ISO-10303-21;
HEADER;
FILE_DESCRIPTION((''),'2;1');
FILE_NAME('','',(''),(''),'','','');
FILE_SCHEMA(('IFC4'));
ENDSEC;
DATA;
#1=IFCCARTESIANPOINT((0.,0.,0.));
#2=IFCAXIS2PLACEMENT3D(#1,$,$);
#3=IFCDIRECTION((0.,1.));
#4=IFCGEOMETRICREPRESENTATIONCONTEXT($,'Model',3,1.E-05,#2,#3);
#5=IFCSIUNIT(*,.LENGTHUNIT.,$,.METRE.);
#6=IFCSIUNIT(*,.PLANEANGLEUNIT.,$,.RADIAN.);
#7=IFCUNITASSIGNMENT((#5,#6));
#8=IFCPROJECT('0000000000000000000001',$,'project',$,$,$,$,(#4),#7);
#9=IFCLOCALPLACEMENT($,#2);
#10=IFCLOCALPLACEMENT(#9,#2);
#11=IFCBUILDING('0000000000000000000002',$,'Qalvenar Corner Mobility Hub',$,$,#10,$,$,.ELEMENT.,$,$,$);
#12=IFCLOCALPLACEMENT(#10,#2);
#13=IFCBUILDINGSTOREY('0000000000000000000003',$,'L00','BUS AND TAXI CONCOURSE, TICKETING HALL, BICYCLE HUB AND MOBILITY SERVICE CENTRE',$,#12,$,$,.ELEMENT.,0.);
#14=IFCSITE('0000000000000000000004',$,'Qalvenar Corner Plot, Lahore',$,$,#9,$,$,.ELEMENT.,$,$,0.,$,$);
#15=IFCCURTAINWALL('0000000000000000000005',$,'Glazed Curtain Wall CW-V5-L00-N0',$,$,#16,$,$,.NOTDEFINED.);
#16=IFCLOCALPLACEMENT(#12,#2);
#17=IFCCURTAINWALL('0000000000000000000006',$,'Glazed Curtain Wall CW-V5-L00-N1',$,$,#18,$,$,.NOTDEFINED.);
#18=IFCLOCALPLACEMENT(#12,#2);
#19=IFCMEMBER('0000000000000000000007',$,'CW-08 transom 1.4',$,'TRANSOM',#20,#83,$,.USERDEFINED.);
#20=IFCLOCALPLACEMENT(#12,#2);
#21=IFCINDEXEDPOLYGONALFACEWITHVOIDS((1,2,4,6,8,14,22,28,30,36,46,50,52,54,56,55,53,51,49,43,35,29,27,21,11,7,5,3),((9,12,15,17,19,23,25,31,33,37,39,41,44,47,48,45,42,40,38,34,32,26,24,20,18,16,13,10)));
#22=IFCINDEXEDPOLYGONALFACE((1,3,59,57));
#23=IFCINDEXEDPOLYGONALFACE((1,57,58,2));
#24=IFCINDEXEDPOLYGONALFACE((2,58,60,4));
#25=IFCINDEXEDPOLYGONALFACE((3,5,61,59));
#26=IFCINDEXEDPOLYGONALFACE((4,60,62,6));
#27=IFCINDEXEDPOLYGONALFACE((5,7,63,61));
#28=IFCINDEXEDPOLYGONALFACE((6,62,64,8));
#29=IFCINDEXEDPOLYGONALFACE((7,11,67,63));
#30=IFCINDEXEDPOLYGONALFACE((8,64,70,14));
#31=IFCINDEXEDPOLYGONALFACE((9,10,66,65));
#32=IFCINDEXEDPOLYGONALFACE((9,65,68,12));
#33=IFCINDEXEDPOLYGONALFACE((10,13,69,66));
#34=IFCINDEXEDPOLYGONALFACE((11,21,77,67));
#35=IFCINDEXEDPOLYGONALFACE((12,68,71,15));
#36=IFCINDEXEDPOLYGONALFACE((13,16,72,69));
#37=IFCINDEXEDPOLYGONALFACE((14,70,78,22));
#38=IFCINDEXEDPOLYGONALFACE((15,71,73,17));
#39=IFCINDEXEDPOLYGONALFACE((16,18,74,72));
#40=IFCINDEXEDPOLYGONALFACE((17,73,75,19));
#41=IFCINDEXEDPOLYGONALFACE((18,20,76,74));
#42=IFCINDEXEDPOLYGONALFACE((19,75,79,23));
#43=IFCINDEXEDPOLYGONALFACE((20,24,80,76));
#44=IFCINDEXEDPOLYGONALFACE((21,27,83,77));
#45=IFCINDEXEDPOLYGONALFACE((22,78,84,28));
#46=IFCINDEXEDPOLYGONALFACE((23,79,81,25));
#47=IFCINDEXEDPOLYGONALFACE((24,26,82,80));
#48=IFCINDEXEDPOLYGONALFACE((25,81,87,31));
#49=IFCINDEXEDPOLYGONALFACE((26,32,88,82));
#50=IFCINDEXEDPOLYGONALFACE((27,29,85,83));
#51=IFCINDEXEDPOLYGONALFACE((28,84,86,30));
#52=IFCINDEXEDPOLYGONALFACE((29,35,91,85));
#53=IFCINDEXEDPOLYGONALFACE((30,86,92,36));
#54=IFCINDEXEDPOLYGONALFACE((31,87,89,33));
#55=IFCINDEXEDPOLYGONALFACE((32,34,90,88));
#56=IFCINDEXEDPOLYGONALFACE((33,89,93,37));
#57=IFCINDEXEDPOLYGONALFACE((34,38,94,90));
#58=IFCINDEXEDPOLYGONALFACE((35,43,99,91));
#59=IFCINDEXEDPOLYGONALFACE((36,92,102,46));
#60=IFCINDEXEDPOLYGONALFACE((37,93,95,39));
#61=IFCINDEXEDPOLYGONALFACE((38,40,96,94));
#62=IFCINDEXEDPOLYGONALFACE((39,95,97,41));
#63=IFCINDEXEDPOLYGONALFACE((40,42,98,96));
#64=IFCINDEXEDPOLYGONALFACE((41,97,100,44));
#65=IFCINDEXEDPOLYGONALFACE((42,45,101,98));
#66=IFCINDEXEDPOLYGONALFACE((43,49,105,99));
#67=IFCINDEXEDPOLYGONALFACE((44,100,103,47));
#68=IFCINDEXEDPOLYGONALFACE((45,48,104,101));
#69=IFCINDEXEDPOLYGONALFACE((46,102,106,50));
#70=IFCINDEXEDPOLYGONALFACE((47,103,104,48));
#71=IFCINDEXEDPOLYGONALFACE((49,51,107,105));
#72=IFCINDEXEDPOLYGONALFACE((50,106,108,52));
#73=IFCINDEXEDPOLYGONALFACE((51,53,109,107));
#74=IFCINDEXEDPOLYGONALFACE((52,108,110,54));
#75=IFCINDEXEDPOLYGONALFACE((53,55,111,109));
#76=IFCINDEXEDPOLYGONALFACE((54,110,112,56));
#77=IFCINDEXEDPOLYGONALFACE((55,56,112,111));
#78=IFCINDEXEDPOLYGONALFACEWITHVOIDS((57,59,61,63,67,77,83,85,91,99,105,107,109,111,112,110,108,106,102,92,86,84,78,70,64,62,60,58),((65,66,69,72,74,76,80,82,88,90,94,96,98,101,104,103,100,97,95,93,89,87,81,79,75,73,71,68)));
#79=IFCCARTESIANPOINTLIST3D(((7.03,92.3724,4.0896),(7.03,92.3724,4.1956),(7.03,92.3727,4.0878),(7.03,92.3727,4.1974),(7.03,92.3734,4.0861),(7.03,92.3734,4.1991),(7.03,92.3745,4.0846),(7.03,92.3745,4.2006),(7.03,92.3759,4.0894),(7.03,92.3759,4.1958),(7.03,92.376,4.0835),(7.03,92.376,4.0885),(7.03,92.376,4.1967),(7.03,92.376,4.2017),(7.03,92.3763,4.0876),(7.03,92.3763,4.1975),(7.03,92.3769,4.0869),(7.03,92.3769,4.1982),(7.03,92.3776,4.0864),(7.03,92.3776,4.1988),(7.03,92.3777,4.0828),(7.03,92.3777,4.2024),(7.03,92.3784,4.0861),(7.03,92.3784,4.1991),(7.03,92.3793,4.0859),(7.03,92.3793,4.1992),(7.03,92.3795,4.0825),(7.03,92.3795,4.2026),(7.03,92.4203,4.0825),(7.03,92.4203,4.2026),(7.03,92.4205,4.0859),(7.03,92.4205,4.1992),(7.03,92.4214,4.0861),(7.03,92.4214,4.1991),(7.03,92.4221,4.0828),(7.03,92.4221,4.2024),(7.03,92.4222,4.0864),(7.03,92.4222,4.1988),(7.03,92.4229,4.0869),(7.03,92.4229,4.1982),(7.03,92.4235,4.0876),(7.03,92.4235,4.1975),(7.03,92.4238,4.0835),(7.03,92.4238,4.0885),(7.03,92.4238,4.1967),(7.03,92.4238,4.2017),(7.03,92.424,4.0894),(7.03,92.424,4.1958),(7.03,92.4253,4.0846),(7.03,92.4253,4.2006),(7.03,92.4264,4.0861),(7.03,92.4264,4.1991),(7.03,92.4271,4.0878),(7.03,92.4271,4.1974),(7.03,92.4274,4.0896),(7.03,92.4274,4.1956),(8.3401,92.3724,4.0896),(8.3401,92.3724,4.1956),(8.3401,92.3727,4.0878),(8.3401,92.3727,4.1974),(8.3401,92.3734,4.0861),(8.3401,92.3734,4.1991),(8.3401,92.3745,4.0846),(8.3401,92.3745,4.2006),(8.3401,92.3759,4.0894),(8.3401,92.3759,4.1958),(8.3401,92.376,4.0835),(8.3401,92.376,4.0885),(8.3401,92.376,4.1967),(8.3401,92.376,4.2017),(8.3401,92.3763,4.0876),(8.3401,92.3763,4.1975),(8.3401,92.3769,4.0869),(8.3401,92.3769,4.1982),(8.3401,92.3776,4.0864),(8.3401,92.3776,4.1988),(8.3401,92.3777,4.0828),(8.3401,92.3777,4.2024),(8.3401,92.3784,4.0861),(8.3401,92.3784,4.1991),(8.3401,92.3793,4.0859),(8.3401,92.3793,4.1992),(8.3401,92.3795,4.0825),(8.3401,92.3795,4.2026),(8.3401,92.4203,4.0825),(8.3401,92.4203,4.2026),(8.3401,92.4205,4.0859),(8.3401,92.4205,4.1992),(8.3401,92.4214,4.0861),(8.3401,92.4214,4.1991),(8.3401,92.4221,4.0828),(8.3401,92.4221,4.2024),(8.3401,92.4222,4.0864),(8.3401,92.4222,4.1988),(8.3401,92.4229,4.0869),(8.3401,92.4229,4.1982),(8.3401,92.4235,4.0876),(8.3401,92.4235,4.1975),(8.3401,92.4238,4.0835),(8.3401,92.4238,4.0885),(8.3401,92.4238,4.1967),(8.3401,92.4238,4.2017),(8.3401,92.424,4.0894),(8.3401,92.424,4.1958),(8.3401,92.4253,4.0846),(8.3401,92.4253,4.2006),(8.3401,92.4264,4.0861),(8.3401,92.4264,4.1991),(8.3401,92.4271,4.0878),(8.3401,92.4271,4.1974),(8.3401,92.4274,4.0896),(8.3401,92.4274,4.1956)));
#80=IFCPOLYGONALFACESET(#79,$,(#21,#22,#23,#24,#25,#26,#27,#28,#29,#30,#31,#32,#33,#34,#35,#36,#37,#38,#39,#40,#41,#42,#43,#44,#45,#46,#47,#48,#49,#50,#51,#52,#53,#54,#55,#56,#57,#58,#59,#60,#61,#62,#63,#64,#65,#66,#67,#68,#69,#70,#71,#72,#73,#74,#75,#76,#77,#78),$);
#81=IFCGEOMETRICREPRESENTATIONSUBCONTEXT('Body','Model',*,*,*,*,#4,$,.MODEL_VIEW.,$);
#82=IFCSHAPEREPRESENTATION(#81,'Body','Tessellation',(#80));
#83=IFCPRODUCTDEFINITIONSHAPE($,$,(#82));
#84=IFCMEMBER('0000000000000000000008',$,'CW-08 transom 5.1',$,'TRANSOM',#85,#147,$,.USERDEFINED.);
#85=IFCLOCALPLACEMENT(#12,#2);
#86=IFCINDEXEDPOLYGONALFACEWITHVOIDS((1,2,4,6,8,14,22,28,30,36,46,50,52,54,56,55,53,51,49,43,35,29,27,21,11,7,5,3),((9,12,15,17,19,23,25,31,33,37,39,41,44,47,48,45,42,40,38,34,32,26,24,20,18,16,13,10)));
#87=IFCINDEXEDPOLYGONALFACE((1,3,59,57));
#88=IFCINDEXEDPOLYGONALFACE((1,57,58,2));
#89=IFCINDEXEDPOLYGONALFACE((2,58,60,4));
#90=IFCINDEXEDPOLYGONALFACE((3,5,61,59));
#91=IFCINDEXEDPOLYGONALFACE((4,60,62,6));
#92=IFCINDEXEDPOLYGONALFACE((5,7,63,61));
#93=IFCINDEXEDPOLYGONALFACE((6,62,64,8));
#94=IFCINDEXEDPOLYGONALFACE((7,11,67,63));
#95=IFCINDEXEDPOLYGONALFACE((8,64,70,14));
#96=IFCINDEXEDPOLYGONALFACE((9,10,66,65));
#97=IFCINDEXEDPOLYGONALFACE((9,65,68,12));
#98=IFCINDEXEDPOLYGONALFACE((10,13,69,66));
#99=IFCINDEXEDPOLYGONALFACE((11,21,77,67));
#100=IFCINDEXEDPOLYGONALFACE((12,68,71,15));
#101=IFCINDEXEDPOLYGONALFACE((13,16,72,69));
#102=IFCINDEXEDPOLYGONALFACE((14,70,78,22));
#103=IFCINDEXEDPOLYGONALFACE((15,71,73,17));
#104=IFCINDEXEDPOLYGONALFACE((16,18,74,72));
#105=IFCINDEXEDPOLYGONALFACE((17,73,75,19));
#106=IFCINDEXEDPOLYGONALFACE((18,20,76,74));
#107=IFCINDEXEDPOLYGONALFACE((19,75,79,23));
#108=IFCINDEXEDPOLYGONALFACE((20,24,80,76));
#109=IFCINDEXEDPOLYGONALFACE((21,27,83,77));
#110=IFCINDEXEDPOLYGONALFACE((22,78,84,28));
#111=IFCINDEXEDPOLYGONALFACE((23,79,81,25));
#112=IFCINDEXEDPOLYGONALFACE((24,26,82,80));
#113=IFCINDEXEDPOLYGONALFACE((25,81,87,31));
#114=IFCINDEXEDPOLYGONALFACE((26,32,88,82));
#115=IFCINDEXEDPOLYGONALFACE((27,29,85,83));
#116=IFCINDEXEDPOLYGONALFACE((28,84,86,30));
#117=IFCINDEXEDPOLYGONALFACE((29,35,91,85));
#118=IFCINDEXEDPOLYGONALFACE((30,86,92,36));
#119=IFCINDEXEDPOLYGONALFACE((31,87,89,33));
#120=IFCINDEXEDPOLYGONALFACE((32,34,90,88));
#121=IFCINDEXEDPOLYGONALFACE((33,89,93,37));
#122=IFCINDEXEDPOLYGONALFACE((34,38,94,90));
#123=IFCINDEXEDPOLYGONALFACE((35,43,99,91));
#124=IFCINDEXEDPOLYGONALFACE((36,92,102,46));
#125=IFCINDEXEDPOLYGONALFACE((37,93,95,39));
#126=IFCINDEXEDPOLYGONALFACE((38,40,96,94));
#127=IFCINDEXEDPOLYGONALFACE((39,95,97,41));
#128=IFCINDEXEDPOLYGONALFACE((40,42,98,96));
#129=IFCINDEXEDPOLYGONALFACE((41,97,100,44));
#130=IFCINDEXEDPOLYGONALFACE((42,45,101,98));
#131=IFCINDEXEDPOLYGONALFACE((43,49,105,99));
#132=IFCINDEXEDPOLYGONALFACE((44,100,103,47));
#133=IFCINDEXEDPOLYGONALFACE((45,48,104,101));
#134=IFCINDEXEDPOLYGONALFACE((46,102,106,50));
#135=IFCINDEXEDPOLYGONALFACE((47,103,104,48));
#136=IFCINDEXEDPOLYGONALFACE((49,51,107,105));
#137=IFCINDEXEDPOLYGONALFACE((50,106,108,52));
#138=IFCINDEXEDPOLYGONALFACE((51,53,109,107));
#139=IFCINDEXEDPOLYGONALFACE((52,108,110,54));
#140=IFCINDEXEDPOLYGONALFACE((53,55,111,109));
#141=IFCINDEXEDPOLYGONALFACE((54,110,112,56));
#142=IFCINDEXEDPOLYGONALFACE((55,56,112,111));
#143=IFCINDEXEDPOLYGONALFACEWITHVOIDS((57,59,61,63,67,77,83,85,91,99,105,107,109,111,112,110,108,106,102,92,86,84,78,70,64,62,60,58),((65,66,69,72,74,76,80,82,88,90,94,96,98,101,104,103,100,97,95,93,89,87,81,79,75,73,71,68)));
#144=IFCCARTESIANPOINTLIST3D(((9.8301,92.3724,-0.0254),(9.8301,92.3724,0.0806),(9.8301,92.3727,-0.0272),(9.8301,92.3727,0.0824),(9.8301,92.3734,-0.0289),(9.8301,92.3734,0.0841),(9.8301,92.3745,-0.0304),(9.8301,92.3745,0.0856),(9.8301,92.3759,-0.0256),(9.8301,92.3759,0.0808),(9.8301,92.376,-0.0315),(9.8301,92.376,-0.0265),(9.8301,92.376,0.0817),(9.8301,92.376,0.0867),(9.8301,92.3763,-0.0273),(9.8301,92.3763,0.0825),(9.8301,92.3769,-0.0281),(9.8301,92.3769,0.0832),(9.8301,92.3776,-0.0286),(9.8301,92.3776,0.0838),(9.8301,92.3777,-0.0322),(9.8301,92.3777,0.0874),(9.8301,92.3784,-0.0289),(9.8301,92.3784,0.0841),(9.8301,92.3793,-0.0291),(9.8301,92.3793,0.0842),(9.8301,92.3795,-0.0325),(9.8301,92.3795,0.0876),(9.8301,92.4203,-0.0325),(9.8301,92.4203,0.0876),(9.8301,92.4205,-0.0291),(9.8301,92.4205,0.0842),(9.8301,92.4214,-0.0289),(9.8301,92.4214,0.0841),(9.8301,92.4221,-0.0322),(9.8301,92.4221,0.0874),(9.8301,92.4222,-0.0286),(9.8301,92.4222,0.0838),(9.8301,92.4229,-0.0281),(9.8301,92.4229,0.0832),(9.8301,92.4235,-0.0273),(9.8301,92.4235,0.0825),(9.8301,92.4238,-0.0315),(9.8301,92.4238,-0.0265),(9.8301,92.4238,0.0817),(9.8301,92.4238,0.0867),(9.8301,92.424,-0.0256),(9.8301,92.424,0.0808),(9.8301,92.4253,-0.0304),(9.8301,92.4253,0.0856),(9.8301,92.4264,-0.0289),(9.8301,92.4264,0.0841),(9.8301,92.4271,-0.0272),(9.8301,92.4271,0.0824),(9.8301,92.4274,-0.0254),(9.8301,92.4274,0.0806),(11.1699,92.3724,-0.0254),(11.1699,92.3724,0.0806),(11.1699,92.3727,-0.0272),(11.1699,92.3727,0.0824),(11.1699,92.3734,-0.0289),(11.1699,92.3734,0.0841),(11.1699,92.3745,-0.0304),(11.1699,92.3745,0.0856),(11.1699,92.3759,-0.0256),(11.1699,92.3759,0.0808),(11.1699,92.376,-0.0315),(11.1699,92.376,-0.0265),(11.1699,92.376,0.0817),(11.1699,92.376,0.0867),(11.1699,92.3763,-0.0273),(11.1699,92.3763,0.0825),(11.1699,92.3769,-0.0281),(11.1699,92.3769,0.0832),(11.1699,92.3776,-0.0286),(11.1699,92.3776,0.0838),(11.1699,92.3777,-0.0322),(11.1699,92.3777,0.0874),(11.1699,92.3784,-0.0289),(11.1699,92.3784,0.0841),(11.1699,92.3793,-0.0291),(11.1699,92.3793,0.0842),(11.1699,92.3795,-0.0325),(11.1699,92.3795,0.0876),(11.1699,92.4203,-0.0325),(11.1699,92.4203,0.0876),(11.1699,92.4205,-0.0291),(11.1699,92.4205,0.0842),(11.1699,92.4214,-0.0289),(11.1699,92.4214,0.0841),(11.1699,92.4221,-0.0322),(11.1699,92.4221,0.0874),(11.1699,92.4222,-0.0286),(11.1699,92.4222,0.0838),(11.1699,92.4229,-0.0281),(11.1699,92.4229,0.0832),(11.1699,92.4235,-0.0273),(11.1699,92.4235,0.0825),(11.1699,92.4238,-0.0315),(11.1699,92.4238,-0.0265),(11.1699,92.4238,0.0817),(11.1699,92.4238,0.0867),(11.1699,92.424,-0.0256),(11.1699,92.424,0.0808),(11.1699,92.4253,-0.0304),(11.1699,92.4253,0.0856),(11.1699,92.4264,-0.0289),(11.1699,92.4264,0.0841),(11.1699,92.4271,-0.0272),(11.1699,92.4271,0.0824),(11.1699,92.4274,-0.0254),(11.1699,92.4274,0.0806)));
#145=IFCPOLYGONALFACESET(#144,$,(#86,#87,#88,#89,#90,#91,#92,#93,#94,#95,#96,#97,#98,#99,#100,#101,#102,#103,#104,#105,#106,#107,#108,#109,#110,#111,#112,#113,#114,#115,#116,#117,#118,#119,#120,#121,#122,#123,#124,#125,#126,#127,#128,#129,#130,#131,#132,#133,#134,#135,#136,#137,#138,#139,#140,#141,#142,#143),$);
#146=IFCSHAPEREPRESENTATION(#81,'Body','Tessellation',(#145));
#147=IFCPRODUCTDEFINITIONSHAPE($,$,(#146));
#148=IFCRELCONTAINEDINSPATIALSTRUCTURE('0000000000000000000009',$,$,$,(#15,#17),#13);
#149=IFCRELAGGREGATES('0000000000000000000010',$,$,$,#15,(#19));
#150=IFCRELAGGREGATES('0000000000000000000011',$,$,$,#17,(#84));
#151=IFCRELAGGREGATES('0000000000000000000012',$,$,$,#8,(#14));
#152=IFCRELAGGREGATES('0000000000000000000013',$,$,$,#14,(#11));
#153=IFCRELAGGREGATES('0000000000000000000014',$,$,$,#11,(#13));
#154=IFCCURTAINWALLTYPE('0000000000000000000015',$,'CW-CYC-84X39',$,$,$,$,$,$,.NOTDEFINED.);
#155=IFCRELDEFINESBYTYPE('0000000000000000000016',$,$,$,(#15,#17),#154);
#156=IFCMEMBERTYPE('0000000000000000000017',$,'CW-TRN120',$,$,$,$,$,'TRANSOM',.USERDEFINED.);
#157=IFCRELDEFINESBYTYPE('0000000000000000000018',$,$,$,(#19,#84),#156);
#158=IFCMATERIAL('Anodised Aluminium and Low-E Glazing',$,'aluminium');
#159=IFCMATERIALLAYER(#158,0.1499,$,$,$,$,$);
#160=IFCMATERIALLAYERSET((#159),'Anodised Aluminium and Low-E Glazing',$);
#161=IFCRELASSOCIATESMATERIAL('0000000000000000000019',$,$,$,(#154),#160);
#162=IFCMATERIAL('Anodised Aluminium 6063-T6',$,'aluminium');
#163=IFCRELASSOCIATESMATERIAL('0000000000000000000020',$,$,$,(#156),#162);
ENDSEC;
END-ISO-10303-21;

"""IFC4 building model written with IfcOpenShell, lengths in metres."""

from ifc_helpers import new_model, si_unit, direction, frame, origin, origin_2d, place, context, subcontext, project, spatial, hollow_rectangle, extrude, material, layer, layer_set, material_profile, profile_set, type_object, element, aggregate, save


model = new_model("IFC4")

# Units and contexts
model_context = context("Model", 3, precision=1e-05, world=origin(), true_north=direction((0.0, 1.0)))
body_context = subcontext(model_context, "Body", "Model", "MODEL_VIEW")
ifc_project = project(units=[si_unit("LENGTHUNIT", "METRE"), si_unit("PLANEANGLEUNIT", "RADIAN")], contexts=[model_context])

# Site, building, storey
site_placement = place(None, origin())
site = spatial("IfcSite", under=ifc_project, at=site_placement, Name="Qalvenar Corner Plot, Lahore", CompositionType="ELEMENT", RefElevation=0.0)
building_placement = place(site_placement, origin())
building = spatial("IfcBuilding", under=site, at=building_placement, Name="Qalvenar Corner Mobility Hub", CompositionType="ELEMENT")
storey_placement = place(building_placement, origin())
storey = spatial("IfcBuildingStorey", under=building, at=storey_placement, Name="L00", Description="BUS AND TAXI CONCOURSE, TICKETING HALL, BICYCLE HUB AND MOBILITY SERVICE CENTRE", CompositionType="ELEMENT", Elevation=0.0)

# Curtain wall
ifc_material_1 = material(Name="Anodised Aluminium and Low-E Glazing", Category="aluminium")
ifc_layer_1 = layer(ifc_material_1, 0.1499)
ifc_layer_set_1 = layer_set([ifc_layer_1], Name="Anodised Aluminium and Low-E Glazing")
curtain_wall_type = type_object("IfcCurtainWallType", Name="CW-CYC-84X39", PredefinedType="NOTDEFINED", material=ifc_layer_set_1)
curtain_wall_1_placement = place(storey_placement, origin())
curtain_wall_1 = element("IfcCurtainWall", 1, at=curtain_wall_1_placement, inside=storey, type_object=curtain_wall_type, Name="Glazed Curtain Wall CW-V5-L00-N0", PredefinedType="NOTDEFINED")
ifc_material_2 = material(Name="Anodised Aluminium 6063-T6", Category="aluminium")

# Curtain wall
curtain_wall_2_placement = place(storey_placement, origin())
curtain_wall_2 = element("IfcCurtainWall", 2, at=curtain_wall_2_placement, inside=storey, type_object=curtain_wall_type, Name="Glazed Curtain Wall CW-V5-L00-N1", PredefinedType="NOTDEFINED")

# Members
ifc_material_profile_1 = material_profile(ifc_material_2, hollow_rectangle(XDim=0.0549, YDim=0.1201, WallThickness=0.0034, InnerFilletRadius=0.0034, OuterFilletRadius=0.0071, at=origin_2d()), Name="RHS120x55x3.5")
ifc_profile_set_1 = profile_set([ifc_material_profile_1], Name="Anodised Aluminium 6063-T6")
member_type_1 = type_object("IfcMemberType", Name="CW-TRN120", ElementType="TRANSOM", PredefinedType="USERDEFINED", material=ifc_profile_set_1)
member_1_placement = place(storey_placement, frame((8.3401, 92.3999, 4.1426), z_axis=(-1.0, 0.0, 0.0), x_axis=(0.0, -1.0, 0.0)))
member_1 = element("IfcMember", 3, at=member_1_placement, type_object=member_type_1, Name="CW-08 transom 1.4", ObjectType="TRANSOM", PredefinedType="USERDEFINED", context=body_context, shape_type="SweptSolid", body=[
    extrude(hollow_rectangle(XDim=0.0549, YDim=0.1201, WallThickness=0.0034, InnerFilletRadius=0.0034, OuterFilletRadius=0.0071, at=origin_2d()), origin(), (0.0, 0.0, 1.0), 1.3101),
])
aggregate(curtain_wall_1, [member_1])
member_2_placement = place(storey_placement, frame((11.1699, 92.3999, 0.0276), z_axis=(-1.0, 0.0, 0.0), x_axis=(0.0, -1.0, 0.0)))
member_2 = element("IfcMember", 4, at=member_2_placement, type_object=member_type_1, Name="CW-08 transom 5.1", ObjectType="TRANSOM", PredefinedType="USERDEFINED", context=body_context, shape_type="SweptSolid", body=[
    extrude(hollow_rectangle(XDim=0.0549, YDim=0.1201, WallThickness=0.0034, InnerFilletRadius=0.0034, OuterFilletRadius=0.0071, at=origin_2d()), origin(), (0.0, 0.0, 1.0), 1.3398),
])

aggregate(curtain_wall_2, [member_2])

save(model, "model.ifc")
